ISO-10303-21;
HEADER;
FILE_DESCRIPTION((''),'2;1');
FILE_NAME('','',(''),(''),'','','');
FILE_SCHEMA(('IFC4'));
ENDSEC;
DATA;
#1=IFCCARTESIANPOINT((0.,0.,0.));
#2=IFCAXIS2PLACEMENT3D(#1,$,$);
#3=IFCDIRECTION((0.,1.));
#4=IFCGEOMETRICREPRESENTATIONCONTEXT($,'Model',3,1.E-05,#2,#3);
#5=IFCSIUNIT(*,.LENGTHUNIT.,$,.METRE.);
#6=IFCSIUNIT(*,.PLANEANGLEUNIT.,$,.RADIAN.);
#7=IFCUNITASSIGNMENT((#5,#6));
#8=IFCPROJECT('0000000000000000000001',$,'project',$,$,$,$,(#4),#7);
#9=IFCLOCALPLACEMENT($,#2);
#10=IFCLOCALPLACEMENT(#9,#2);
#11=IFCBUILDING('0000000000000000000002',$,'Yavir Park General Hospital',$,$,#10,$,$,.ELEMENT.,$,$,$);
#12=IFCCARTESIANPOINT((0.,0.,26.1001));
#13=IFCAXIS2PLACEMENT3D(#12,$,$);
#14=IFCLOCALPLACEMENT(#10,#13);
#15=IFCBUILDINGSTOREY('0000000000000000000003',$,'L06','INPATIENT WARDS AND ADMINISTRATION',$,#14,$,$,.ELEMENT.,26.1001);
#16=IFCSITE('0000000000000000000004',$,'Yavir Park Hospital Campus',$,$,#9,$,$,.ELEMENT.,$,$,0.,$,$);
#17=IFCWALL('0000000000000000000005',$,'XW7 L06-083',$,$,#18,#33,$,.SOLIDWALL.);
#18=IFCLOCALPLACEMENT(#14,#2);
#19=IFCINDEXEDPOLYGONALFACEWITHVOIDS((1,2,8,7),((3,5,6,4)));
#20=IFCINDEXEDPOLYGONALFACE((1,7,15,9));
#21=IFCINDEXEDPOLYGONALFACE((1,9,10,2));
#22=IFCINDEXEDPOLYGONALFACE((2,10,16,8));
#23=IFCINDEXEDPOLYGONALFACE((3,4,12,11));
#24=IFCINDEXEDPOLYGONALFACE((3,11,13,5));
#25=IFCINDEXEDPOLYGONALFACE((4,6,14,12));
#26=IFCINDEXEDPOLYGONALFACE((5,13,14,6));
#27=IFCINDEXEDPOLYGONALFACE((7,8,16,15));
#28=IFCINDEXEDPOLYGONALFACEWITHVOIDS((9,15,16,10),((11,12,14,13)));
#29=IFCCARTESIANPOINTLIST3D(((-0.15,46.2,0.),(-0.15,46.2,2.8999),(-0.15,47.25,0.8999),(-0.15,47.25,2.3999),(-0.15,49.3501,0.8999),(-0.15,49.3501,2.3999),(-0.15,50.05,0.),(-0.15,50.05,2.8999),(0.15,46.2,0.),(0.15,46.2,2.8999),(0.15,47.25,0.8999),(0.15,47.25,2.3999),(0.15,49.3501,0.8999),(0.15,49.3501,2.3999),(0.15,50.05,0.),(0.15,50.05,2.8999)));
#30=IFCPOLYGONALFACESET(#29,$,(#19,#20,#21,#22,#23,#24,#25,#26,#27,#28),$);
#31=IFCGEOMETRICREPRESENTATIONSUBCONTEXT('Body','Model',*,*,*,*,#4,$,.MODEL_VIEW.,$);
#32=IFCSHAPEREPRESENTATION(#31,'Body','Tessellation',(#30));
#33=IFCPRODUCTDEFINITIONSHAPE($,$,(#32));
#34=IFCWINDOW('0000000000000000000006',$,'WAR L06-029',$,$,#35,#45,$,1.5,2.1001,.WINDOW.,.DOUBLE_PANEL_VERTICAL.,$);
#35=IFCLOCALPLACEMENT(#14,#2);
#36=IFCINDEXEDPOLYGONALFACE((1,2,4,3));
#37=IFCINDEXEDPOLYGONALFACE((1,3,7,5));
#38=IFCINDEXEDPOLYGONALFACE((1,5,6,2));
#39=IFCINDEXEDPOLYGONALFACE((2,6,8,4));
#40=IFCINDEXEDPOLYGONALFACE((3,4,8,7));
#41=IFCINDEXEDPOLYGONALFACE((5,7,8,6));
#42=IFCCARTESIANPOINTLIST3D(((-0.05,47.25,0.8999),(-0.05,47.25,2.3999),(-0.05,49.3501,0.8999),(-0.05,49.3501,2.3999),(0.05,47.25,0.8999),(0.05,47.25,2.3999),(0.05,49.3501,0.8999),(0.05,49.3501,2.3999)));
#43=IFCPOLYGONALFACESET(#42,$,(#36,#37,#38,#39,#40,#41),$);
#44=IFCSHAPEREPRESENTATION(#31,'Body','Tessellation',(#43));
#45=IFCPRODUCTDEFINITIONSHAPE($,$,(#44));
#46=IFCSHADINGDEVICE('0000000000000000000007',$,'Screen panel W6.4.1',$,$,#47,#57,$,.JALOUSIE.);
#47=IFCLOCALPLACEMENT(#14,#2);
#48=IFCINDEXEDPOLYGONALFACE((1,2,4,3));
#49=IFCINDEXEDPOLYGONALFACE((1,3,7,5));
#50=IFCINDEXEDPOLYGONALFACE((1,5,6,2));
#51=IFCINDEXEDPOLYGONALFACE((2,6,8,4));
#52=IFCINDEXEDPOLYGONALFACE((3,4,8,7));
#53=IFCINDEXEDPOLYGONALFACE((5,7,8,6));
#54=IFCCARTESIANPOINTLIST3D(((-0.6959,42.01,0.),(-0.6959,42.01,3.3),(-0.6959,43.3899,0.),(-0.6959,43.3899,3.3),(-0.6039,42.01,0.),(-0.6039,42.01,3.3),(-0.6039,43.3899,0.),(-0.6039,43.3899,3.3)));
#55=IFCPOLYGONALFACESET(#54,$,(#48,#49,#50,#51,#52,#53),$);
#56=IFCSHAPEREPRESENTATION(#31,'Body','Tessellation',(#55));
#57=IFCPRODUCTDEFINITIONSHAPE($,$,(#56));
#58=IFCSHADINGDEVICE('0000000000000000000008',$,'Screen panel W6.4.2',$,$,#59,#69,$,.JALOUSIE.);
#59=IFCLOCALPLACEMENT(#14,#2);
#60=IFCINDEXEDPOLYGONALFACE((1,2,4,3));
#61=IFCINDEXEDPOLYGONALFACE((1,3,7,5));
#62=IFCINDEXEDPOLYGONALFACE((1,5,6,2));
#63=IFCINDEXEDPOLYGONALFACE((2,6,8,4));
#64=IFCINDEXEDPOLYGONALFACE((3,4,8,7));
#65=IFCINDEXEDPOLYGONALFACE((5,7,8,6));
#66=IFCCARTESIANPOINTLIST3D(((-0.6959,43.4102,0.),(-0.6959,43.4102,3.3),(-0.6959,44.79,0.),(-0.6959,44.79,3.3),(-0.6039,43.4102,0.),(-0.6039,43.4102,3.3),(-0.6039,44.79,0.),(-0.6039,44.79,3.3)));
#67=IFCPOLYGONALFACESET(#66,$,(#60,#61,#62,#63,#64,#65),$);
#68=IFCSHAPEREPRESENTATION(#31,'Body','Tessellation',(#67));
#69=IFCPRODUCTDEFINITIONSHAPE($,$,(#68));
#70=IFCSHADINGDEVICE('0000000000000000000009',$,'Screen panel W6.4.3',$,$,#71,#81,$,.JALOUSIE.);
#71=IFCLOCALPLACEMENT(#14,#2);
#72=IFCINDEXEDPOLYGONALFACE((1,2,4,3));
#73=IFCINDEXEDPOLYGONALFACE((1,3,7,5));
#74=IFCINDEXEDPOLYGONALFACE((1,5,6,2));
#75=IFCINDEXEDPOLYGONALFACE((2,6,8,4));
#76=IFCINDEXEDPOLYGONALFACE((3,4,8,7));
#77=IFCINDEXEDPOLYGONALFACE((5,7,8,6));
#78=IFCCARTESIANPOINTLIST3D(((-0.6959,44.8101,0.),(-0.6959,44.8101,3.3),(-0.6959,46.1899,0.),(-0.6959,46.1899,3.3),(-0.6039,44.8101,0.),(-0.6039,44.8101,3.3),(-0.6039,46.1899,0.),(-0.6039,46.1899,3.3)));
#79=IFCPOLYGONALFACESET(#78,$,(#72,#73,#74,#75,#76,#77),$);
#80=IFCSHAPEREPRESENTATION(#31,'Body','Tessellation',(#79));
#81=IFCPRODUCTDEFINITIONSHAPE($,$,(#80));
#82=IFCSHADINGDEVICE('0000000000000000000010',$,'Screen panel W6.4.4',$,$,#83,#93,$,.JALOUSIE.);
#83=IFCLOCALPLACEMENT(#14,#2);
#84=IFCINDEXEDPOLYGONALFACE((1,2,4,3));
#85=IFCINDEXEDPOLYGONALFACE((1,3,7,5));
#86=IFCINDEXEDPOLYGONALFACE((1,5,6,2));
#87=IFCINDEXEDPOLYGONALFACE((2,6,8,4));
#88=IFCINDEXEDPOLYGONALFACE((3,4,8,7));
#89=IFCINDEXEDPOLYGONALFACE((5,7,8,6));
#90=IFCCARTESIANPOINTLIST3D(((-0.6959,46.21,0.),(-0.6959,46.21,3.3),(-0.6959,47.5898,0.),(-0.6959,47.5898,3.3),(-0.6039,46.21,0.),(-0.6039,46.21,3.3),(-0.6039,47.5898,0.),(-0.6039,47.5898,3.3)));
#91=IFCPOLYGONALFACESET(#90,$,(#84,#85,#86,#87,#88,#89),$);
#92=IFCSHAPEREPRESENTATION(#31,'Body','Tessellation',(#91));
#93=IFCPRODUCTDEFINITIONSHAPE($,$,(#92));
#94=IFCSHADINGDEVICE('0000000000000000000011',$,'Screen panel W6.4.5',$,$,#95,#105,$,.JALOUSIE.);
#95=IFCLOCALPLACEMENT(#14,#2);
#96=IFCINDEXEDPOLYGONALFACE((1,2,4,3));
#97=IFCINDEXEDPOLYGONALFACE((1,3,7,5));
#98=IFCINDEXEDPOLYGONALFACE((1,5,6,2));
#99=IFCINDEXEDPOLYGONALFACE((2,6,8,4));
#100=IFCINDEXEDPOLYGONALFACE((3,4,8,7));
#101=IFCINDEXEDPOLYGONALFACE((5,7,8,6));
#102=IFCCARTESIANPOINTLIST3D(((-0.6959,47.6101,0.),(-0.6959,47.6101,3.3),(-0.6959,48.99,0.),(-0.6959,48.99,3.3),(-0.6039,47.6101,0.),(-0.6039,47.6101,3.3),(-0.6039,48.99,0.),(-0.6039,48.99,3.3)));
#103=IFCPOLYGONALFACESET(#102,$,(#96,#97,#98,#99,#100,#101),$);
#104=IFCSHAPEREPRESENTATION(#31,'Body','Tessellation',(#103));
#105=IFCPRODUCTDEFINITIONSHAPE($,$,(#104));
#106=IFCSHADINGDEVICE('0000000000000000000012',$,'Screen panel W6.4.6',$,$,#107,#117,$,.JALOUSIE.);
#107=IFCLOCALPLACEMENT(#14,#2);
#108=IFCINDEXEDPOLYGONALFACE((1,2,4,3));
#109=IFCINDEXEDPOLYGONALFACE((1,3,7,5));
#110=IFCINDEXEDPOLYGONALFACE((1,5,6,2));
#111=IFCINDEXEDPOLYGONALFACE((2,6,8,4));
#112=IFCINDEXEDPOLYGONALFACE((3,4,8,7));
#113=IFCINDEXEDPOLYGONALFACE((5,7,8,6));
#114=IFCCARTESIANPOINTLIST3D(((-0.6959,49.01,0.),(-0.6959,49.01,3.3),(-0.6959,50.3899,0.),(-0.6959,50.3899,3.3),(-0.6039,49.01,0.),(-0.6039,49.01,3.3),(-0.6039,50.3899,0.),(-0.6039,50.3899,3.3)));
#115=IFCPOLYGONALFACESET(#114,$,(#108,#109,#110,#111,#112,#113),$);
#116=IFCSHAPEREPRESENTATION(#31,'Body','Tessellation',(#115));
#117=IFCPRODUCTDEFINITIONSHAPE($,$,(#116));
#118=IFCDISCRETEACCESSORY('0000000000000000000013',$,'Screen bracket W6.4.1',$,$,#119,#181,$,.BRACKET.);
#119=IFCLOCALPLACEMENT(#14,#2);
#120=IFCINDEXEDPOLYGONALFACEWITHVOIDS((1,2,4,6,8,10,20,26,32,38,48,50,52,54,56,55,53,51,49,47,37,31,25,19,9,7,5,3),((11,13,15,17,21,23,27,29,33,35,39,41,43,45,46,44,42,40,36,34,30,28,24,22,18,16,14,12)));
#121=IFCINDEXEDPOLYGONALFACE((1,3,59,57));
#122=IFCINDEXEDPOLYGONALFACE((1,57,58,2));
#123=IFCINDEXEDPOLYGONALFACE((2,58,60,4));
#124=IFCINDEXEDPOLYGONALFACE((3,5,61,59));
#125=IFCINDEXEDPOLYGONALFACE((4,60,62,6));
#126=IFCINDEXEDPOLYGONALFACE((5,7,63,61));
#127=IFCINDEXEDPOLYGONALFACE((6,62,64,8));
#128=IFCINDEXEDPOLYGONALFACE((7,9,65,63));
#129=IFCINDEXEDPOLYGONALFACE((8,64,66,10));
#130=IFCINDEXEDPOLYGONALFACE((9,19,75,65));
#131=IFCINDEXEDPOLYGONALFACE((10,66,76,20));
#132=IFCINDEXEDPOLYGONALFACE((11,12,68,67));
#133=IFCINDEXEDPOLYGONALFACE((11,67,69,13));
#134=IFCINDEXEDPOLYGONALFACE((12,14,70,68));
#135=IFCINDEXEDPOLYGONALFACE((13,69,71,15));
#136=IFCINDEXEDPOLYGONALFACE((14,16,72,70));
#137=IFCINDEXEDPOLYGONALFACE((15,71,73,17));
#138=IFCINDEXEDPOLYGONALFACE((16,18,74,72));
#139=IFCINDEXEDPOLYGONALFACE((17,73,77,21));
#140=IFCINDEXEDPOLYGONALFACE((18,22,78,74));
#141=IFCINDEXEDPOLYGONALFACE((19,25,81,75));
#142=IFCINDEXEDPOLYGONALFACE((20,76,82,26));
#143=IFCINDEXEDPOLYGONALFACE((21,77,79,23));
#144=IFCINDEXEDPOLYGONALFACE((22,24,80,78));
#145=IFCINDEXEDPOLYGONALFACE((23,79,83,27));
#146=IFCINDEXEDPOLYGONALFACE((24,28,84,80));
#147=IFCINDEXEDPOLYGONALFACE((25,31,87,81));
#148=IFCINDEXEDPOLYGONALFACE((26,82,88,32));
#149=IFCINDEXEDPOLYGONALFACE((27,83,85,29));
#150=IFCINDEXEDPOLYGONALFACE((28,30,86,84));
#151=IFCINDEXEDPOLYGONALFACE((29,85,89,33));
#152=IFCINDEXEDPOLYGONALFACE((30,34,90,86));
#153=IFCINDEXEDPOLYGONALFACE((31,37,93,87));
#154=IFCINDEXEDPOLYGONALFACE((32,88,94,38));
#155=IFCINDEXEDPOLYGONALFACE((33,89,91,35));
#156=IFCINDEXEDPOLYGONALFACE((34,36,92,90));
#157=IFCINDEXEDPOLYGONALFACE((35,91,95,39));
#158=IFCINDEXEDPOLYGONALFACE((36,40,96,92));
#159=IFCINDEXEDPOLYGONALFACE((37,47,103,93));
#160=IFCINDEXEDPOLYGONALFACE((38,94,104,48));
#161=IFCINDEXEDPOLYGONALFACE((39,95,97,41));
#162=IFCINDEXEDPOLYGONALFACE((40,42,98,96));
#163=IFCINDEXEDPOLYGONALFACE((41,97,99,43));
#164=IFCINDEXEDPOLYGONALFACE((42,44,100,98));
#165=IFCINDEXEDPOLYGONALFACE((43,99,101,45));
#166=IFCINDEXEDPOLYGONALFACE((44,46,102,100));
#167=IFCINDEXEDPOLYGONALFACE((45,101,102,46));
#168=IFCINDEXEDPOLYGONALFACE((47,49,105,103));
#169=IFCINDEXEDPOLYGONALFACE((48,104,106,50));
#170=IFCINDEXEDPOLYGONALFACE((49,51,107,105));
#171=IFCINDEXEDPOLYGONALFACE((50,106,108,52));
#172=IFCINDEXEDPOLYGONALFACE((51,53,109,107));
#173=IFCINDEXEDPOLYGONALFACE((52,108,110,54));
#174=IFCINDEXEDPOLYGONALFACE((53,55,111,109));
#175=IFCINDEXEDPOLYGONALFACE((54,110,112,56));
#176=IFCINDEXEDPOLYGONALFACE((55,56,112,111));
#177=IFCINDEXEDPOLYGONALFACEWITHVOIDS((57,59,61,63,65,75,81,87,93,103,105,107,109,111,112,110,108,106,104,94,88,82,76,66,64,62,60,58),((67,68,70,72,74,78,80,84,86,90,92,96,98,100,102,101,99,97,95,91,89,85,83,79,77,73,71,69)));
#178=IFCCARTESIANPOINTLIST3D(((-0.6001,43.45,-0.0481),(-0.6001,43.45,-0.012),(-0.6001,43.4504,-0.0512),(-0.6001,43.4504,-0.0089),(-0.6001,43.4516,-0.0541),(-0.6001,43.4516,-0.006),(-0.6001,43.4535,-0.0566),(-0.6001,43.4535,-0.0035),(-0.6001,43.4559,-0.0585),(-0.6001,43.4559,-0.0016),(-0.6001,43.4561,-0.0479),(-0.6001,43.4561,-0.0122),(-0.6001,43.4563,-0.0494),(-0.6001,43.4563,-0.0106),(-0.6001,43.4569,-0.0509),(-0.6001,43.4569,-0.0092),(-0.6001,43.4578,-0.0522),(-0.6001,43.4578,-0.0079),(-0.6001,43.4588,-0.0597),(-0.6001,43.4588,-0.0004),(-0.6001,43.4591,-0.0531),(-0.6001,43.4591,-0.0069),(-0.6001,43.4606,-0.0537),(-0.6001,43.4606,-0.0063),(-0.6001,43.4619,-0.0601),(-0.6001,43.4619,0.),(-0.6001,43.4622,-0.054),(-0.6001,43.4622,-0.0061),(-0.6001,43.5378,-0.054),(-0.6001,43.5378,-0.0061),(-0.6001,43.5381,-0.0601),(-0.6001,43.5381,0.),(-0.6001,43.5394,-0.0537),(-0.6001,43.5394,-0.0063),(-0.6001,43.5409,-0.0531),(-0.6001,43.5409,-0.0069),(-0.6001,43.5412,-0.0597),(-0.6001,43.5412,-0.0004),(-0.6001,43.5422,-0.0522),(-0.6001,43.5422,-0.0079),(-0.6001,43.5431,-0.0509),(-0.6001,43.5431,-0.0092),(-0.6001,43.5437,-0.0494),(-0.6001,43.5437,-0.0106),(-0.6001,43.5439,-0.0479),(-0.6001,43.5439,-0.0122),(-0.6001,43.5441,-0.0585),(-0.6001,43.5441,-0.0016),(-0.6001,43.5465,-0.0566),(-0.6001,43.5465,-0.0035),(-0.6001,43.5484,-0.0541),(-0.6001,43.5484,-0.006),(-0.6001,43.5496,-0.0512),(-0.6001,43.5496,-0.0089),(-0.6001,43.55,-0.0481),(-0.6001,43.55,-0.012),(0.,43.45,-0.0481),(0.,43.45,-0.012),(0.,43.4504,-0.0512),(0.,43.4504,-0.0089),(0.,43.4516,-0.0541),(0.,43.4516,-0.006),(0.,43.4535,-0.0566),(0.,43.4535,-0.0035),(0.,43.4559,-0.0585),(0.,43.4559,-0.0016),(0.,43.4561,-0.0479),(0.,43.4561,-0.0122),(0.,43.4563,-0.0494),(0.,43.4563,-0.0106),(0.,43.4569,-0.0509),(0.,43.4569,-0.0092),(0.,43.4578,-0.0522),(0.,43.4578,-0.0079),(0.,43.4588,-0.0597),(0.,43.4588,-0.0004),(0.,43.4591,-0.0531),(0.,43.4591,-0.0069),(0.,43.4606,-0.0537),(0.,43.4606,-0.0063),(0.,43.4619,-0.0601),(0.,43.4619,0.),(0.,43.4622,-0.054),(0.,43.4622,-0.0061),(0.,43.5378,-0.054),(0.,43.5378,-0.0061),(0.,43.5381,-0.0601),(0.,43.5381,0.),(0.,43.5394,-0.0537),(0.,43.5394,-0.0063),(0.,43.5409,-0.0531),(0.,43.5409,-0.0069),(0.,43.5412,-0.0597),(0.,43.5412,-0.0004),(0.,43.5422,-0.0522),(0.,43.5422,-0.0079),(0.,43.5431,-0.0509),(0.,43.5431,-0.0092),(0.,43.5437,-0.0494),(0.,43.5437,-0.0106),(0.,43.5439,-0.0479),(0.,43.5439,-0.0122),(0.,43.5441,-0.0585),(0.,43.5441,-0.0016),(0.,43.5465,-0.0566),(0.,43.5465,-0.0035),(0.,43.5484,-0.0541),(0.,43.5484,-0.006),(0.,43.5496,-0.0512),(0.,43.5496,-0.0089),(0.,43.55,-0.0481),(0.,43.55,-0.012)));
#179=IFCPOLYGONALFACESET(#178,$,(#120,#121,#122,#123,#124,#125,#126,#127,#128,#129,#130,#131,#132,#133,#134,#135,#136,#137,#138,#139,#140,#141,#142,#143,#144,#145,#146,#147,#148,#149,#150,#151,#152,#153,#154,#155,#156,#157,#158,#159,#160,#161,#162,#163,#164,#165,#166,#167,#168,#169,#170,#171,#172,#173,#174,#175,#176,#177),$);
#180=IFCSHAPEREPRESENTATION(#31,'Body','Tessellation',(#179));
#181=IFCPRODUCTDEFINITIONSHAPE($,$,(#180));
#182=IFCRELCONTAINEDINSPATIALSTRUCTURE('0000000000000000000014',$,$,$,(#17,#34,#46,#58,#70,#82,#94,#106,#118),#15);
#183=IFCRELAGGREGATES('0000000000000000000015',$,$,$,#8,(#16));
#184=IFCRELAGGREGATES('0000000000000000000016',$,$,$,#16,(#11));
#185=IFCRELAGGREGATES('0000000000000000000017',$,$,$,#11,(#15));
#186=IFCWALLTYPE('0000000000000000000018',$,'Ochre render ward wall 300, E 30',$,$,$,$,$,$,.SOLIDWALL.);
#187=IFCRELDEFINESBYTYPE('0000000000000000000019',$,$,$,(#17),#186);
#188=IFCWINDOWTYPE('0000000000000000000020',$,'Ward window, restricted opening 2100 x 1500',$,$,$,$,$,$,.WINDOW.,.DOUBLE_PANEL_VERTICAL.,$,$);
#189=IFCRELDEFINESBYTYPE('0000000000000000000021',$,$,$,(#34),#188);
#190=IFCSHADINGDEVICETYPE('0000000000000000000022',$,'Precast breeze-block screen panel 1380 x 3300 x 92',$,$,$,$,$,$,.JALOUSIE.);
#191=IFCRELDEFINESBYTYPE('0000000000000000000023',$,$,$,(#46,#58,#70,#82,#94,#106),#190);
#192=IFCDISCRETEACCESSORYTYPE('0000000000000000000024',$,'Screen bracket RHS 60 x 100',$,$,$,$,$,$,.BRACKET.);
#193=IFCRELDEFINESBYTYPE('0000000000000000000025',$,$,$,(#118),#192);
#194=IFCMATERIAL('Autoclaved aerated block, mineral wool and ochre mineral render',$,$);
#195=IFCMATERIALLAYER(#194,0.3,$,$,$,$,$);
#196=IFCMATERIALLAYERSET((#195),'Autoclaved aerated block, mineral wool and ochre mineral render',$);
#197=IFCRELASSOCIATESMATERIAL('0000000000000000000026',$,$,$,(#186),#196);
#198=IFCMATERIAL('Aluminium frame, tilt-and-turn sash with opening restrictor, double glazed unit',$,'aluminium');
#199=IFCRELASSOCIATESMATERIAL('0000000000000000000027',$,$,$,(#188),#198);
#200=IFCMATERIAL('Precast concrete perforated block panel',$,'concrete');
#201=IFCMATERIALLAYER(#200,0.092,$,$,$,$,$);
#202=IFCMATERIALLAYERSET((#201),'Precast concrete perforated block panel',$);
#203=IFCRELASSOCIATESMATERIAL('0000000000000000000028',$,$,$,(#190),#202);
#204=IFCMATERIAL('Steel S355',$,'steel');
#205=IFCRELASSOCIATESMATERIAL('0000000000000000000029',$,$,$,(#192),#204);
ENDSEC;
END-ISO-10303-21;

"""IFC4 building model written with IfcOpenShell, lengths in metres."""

from ifc_helpers import new_model, si_unit, direction, frame, frame_2d, origin, origin_2d, place, context, subcontext, project, spatial, rectangle, hollow_rectangle, extrude, material, layer, layer_set, material_profile, profile_set, type_object, element, fill, save


model = new_model("IFC4")

# Units and contexts
model_context = context("Model", 3, precision=1e-05, world=origin(), true_north=direction((0.0, 1.0)))
body_context = subcontext(model_context, "Body", "Model", "MODEL_VIEW")
ifc_project = project(units=[si_unit("LENGTHUNIT", "METRE"), si_unit("PLANEANGLEUNIT", "RADIAN")], contexts=[model_context])

# Site, building, storey
site_placement = place(None, origin())
site = spatial("IfcSite", under=ifc_project, at=site_placement, Name="Yavir Park Hospital Campus", CompositionType="ELEMENT", RefElevation=0.0)
building_placement = place(site_placement, origin())
building = spatial("IfcBuilding", under=site, at=building_placement, Name="Yavir Park General Hospital", CompositionType="ELEMENT")
storey_placement = place(building_placement, frame((0.0, 0.0, 26.1001)))
storey = spatial("IfcBuildingStorey", under=building, at=storey_placement, Name="L06", Description="INPATIENT WARDS AND ADMINISTRATION", CompositionType="ELEMENT", Elevation=26.1001)

# Wall, opening, window
ifc_material_1 = material(Name="Autoclaved aerated block, mineral wool and ochre mineral render")
ifc_layer_1 = layer(ifc_material_1, 0.3)
ifc_layer_set_1 = layer_set([ifc_layer_1], Name="Autoclaved aerated block, mineral wool and ochre mineral render")
wall_type_1 = type_object("IfcWallType", Name="Ochre render ward wall 300, E 30", PredefinedType="SOLIDWALL", material=ifc_layer_set_1)
ifc_material_2 = material(Name="Aluminium frame, tilt-and-turn sash with opening restrictor, double glazed unit", Category="aluminium")
window_type = type_object("IfcWindowType", Name="Ward window, restricted opening 2100 x 1500", PartitioningType="DOUBLE_PANEL_VERTICAL", PredefinedType="WINDOW", material=ifc_material_2)
wall_1_placement = place(storey_placement, frame((0.0, 46.2, 0.0), z_axis=(0.0, 0.0, 1.0), x_axis=(0.0, 1.0, 0.0)))
wall_1 = element("IfcWall", 1, at=wall_1_placement, inside=storey, type_object=wall_type_1, Name="XW7 L06-083", PredefinedType="SOLIDWALL", context=body_context, shape_type="SweptSolid", body=[
    extrude(rectangle(XDim=3.8501, YDim=0.3, at=frame_2d((1.925, 0.0))), origin(), (0.0, 0.0, 1.0), 2.8999),
])
opening_1_placement = place(wall_1_placement, frame((1.05, 0.0, 0.8999)))
opening_1 = element("IfcOpeningElement", 2, at=opening_1_placement, cuts=wall_1, PredefinedType="OPENING", context=body_context, shape_type="SweptSolid", body=[
    extrude(rectangle(XDim=2.1001, YDim=1.5, at=frame_2d((1.05, 0.75))), frame((0.0, 0.1599, 0.0), z_axis=(0.0, -1.0, 0.0), x_axis=(1.0, 0.0, 0.0)), (0.0, 0.0, 1.0), 0.3201),
])
window_1_placement = place(opening_1_placement, origin())
window_1 = element("IfcWindow", 3, at=window_1_placement, inside=storey, type_object=window_type, Name="WAR L06-029", OverallHeight=1.5, OverallWidth=2.1001, PartitioningType="DOUBLE_PANEL_VERTICAL", PredefinedType="WINDOW", context=body_context, shape_type="SweptSolid", body=[
    extrude(rectangle(XDim=2.1001, YDim=1.5, at=frame_2d((1.05, 0.75))), frame((0.0, 0.05, 0.0), z_axis=(0.0, -1.0, 0.0), x_axis=(1.0, 0.0, 0.0)), (0.0, 0.0, 1.0), 0.1001),
])
fill(opening_1, window_1)

# Shading devices
ifc_material_3 = material(Name="Precast concrete perforated block panel", Category="concrete")
ifc_layer_2 = layer(ifc_material_3, 0.092)
ifc_layer_set_2 = layer_set([ifc_layer_2], Name="Precast concrete perforated block panel")
shading_device_type = type_object("IfcShadingDeviceType", Name="Precast breeze-block screen panel 1380 x 3300 x 92", PredefinedType="JALOUSIE", material=ifc_layer_set_2)
for number, where, z_axis, x_axis, name in (
    (4, (-0.6499, 42.7, 0.0), (0.0, 0.0, 1.0), (1.0, 0.0, 0.0), "Screen panel W6.4.1"),
    (5, (-0.6499, 44.1001, 0.0), (0.0, 0.0, 1.0), (1.0, 0.0, 0.0), "Screen panel W6.4.2"),
    (6, (-0.6499, 45.5, 0.0), (0.0, 0.0, 1.0), (1.0, 0.0, 0.0), "Screen panel W6.4.3"),
    (7, (-0.6499, 46.8999, 0.0), (0.0, 0.0, 1.0), (1.0, 0.0, 0.0), "Screen panel W6.4.4"),
    (8, (-0.6499, 48.3, 0.0), (0.0, 0.0, 1.0), (1.0, 0.0, 0.0), "Screen panel W6.4.5"),
    (9, (-0.6499, 49.7, 0.0), (0.0, 0.0, 1.0), (1.0, 0.0, 0.0), "Screen panel W6.4.6"),
):
    element("IfcShadingDevice", number, at=place(storey_placement, frame(where, z_axis=z_axis, x_axis=x_axis)), inside=storey, type_object=shading_device_type, Name=name, PredefinedType="JALOUSIE", context=body_context, shape_type="SweptSolid", body=[
        extrude(rectangle(XDim=0.092, YDim=1.3799, at=origin_2d()), origin(), (0.0, 0.0, 1.0), 3.3),
    ])

# Discrete accessory
ifc_material_4 = material(Name="Steel S355", Category="steel")
ifc_material_profile_1 = material_profile(ifc_material_4, hollow_rectangle(XDim=0.1001, YDim=0.0601, WallThickness=0.0061, InnerFilletRadius=0.0061, OuterFilletRadius=0.012, at=origin_2d()), Name="RHS60x100x6")
ifc_profile_set_1 = profile_set([ifc_material_profile_1], Name="Steel S355")
discrete_accessory_type = type_object("IfcDiscreteAccessoryType", Name="Screen bracket RHS 60 x 100", PredefinedType="BRACKET", material=ifc_profile_set_1)
for number, where, z_axis, x_axis, name in (
    (10, (0.0, 43.5, -0.03), (-1.0, 0.0, 0.0), (0.0, -1.0, 0.0), "Screen bracket W6.4.1"),
):
    element("IfcDiscreteAccessory", number, at=place(storey_placement, frame(where, z_axis=z_axis, x_axis=x_axis)), inside=storey, type_object=discrete_accessory_type, Name=name, PredefinedType="BRACKET", context=body_context, shape_type="SweptSolid", body=[
        extrude(hollow_rectangle(XDim=0.1001, YDim=0.0601, WallThickness=0.0061, InnerFilletRadius=0.0061, OuterFilletRadius=0.012, at=origin_2d()), origin(), (0.0, 0.0, 1.0), 0.6001),
    ])

save(model, "model.ifc")
